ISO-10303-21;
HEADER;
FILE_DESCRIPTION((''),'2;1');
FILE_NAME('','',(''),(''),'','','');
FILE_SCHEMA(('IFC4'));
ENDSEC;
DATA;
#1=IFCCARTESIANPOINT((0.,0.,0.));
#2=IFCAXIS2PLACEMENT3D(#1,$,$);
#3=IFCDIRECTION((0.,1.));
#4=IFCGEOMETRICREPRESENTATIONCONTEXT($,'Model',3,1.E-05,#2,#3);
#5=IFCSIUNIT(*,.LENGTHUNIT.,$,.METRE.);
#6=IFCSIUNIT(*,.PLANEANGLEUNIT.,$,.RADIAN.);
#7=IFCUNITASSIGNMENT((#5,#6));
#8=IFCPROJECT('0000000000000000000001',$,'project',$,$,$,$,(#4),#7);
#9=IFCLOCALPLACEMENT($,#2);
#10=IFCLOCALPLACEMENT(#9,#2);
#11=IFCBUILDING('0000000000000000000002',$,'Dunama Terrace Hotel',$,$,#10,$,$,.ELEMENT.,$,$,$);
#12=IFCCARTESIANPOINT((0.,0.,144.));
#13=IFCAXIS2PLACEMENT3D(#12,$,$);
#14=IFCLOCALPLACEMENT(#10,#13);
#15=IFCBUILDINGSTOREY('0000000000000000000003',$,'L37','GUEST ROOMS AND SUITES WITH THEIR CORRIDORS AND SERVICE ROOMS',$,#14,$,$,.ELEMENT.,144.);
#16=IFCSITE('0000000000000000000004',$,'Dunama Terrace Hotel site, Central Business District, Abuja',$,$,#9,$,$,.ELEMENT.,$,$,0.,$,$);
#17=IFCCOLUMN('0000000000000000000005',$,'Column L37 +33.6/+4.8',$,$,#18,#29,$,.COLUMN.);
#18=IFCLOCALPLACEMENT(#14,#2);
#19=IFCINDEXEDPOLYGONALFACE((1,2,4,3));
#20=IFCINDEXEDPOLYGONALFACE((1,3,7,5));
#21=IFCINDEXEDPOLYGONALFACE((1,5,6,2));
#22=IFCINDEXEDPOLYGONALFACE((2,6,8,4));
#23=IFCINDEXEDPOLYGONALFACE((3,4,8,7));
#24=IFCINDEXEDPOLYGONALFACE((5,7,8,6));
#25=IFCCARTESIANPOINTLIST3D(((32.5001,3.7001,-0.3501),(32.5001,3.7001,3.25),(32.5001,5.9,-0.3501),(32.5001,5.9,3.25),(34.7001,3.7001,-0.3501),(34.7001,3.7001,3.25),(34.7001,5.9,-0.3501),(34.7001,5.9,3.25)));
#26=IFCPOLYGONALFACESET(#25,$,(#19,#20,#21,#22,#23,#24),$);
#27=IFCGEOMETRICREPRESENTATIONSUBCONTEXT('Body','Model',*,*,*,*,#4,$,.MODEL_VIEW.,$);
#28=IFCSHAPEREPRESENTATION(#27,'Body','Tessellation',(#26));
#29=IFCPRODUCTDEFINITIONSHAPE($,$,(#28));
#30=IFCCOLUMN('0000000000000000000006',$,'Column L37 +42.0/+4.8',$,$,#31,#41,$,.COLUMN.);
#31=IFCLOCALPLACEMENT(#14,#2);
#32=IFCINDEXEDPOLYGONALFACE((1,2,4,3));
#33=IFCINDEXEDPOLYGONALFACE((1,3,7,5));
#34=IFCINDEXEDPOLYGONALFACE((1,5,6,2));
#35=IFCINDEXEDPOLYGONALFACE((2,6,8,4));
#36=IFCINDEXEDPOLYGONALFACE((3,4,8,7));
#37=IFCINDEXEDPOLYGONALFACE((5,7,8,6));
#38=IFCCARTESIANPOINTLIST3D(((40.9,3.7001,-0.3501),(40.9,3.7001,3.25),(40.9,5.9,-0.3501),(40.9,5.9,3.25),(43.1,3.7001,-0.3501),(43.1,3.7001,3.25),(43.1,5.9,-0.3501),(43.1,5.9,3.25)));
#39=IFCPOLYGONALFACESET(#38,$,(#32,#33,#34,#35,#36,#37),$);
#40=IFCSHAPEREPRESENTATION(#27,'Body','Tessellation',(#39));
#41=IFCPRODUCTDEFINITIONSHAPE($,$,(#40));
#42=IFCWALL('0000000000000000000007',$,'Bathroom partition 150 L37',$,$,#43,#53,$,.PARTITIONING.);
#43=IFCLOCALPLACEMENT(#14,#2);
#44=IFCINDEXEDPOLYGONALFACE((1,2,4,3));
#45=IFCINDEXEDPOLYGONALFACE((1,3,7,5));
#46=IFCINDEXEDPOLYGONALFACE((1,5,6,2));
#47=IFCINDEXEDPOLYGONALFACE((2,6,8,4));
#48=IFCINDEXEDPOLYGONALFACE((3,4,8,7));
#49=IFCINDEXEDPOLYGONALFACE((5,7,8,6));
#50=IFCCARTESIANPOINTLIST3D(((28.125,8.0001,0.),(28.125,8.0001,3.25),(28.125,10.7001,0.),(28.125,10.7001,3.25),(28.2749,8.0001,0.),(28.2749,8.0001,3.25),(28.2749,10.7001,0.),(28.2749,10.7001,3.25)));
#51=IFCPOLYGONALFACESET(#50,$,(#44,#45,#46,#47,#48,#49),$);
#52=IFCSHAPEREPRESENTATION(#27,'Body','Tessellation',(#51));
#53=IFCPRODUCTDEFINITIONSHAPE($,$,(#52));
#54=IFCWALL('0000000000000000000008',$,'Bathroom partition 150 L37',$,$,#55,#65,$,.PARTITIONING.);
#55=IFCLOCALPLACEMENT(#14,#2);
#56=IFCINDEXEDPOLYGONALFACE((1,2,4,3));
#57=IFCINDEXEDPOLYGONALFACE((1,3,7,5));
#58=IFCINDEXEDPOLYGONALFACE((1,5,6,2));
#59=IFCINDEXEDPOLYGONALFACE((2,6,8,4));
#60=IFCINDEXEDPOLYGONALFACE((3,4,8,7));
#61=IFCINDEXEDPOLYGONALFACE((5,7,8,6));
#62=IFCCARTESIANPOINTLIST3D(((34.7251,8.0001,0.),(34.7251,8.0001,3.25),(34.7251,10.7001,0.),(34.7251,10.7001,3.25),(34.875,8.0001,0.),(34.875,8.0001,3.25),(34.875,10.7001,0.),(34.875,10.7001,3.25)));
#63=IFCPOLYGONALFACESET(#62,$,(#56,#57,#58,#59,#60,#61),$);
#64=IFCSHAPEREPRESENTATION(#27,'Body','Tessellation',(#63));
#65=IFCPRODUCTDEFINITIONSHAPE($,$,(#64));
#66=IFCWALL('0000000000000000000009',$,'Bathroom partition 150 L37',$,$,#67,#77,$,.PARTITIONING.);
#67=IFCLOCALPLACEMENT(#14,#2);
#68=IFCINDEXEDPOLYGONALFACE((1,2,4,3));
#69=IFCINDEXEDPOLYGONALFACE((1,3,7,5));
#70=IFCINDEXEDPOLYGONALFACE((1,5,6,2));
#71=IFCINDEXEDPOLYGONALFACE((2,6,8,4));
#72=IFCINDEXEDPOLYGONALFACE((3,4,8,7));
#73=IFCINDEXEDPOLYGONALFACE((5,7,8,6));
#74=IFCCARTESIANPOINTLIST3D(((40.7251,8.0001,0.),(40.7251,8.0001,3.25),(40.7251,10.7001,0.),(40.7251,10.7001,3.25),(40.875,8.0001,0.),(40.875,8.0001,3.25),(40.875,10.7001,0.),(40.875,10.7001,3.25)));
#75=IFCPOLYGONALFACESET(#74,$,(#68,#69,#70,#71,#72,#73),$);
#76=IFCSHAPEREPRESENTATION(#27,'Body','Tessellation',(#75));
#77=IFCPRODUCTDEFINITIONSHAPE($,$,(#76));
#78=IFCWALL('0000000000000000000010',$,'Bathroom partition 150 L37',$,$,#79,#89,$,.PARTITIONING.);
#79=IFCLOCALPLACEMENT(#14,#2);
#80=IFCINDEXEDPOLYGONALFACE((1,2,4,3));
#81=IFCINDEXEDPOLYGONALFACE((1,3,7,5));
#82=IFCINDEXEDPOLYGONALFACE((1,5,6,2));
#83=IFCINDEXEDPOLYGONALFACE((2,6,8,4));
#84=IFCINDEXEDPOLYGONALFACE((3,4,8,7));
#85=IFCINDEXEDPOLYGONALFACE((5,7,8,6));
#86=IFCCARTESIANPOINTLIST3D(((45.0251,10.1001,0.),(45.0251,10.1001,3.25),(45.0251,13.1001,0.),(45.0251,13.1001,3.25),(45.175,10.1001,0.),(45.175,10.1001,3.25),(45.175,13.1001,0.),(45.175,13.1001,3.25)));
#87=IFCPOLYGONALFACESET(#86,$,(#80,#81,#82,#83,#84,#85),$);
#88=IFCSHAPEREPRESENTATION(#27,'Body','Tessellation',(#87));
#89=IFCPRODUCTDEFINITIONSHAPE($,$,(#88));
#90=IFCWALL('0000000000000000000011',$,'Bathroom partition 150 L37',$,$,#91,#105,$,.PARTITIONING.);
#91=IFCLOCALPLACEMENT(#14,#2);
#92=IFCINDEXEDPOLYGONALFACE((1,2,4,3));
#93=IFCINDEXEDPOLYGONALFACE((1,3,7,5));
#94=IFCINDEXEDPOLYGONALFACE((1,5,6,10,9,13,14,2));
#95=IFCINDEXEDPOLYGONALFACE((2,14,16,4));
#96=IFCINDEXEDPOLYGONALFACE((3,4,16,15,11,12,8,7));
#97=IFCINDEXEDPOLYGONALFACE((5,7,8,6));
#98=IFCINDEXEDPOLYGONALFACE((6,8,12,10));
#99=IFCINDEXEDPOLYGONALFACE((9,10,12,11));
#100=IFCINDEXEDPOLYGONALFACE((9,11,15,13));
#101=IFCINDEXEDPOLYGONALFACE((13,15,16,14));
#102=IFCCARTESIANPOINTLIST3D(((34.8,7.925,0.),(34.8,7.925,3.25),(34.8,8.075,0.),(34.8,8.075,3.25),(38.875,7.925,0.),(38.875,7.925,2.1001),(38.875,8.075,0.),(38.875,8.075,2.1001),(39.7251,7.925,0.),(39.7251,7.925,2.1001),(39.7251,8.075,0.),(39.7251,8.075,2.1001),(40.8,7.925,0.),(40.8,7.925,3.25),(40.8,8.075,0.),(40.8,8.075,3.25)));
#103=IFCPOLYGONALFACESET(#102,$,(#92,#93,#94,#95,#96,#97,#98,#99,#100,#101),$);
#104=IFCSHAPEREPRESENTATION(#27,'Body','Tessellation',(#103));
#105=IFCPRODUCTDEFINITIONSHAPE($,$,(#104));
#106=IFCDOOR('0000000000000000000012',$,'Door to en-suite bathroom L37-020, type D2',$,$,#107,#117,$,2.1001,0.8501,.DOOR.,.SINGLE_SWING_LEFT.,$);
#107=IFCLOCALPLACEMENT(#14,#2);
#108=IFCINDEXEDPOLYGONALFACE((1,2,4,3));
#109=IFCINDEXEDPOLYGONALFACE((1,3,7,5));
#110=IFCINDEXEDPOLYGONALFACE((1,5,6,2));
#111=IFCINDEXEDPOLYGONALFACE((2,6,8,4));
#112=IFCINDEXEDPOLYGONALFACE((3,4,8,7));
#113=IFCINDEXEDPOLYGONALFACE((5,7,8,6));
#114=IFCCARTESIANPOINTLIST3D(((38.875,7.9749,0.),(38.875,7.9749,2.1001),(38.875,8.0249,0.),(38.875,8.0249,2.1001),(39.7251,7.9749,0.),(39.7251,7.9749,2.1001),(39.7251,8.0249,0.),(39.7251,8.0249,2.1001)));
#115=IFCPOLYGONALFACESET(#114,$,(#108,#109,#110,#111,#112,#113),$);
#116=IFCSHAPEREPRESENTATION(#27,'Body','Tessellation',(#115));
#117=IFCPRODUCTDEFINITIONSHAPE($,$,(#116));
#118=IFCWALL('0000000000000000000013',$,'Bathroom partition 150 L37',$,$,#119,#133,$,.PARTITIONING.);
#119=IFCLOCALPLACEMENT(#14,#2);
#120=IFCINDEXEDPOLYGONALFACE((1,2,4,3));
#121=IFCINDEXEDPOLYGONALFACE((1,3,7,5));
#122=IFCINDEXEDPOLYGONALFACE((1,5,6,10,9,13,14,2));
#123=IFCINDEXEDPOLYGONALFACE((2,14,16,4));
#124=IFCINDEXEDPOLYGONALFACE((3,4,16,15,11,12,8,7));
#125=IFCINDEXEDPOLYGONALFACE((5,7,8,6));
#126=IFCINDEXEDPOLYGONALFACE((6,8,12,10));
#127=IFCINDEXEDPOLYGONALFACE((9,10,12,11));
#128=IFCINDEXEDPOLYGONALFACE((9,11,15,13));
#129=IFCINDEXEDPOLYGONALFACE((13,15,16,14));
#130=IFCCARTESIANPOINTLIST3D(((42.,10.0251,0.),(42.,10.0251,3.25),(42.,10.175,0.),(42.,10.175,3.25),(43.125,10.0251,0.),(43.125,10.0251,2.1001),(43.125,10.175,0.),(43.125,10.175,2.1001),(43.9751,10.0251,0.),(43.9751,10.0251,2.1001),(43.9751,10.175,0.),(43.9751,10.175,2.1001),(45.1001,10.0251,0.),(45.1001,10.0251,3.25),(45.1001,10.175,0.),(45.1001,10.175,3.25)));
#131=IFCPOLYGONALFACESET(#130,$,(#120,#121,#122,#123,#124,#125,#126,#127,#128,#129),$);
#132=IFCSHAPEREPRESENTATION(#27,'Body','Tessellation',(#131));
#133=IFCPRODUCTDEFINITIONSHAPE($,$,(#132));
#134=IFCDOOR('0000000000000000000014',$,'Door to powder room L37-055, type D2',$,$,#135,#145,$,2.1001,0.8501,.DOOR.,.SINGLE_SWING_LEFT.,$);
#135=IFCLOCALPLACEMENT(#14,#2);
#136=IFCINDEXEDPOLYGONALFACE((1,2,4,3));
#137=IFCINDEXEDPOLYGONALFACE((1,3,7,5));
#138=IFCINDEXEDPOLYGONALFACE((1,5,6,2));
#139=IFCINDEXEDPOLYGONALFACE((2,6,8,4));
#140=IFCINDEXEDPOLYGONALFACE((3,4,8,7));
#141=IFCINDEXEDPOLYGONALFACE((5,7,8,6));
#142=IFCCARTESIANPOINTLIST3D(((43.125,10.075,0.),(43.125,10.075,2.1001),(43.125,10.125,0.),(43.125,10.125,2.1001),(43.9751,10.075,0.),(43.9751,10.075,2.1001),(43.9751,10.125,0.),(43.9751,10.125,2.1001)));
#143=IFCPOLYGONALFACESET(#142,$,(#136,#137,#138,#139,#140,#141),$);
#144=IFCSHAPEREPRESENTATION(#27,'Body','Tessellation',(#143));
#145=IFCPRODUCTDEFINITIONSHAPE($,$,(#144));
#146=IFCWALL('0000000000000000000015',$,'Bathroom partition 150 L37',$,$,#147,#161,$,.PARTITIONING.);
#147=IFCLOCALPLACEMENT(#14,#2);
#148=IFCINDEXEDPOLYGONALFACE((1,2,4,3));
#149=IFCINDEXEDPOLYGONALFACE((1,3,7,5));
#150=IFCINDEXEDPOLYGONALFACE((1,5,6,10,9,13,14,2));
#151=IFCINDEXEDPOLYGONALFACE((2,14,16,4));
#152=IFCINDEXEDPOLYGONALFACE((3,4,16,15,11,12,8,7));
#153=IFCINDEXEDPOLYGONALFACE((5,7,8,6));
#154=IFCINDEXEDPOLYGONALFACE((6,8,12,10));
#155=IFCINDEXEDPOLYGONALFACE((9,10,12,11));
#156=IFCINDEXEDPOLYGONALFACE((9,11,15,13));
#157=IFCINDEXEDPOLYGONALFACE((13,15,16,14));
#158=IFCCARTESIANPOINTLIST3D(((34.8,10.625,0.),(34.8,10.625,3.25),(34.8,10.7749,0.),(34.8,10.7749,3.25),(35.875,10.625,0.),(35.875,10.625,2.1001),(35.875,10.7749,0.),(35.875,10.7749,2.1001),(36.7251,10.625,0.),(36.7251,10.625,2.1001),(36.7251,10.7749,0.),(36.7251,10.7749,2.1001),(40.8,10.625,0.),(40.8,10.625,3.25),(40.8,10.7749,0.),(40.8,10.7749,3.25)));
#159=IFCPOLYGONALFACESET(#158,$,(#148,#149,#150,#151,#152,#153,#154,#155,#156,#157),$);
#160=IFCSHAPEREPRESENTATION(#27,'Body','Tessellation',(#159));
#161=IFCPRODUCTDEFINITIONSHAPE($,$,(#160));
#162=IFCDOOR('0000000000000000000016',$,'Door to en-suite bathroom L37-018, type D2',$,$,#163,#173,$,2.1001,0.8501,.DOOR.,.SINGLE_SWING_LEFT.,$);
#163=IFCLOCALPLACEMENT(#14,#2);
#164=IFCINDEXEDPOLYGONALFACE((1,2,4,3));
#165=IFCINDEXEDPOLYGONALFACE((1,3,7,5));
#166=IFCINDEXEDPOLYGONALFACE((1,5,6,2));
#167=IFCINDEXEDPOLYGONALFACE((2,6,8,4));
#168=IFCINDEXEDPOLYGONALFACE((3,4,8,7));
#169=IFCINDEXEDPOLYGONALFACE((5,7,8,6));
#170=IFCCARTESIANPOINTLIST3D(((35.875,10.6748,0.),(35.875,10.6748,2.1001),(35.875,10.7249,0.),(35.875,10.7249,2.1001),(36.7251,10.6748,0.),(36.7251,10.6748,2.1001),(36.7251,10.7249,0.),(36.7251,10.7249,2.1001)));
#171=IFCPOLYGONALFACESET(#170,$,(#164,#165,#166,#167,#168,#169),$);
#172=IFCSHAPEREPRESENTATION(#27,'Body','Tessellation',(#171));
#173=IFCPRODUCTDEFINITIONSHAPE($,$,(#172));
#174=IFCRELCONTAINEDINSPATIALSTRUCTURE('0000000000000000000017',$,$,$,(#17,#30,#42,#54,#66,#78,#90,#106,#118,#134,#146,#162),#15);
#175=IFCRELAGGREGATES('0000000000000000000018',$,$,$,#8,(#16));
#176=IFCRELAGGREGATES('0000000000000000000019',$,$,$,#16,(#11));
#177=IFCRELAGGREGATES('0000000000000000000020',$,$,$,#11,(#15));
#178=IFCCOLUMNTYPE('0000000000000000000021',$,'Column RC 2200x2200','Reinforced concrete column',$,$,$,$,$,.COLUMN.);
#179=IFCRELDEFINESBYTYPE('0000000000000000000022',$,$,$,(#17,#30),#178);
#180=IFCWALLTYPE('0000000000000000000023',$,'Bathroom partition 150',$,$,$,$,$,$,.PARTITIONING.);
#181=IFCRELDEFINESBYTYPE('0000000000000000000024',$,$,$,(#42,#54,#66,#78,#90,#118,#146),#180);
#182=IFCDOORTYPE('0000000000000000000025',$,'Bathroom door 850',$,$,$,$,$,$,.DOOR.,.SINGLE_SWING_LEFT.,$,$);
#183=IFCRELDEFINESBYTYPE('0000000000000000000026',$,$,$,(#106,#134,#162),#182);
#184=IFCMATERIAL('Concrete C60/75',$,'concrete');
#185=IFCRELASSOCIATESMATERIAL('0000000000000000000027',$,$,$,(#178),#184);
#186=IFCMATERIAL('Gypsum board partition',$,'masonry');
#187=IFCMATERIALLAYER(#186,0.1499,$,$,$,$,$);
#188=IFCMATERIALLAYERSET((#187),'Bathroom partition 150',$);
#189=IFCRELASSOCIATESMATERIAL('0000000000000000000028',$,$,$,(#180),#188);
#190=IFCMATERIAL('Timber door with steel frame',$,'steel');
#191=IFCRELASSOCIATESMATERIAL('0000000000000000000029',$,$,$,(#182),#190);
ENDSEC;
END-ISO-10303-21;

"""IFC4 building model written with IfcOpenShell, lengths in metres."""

from ifc_helpers import new_model, si_unit, direction, frame, frame_2d, origin, origin_2d, place, context, subcontext, project, spatial, rectangle, extrude, material, layer, layer_set, material_profile, profile_set, type_object, element, fill, save


model = new_model("IFC4")

# Units and contexts
model_context = context("Model", 3, precision=1e-05, world=origin(), true_north=direction((0.0, 1.0)))
body_context = subcontext(model_context, "Body", "Model", "MODEL_VIEW")
ifc_project = project(units=[si_unit("LENGTHUNIT", "METRE"), si_unit("PLANEANGLEUNIT", "RADIAN")], contexts=[model_context])

# Site, building, storey
site_placement = place(None, origin())
site = spatial("IfcSite", under=ifc_project, at=site_placement, Name="Dunama Terrace Hotel site, Central Business District, Abuja", CompositionType="ELEMENT", RefElevation=0.0)
building_placement = place(site_placement, origin())
building = spatial("IfcBuilding", under=site, at=building_placement, Name="Dunama Terrace Hotel", CompositionType="ELEMENT")
storey_placement = place(building_placement, frame((0.0, 0.0, 144.0)))
storey = spatial("IfcBuildingStorey", under=building, at=storey_placement, Name="L37", Description="GUEST ROOMS AND SUITES WITH THEIR CORRIDORS AND SERVICE ROOMS", CompositionType="ELEMENT", Elevation=144.0)

# Columns
ifc_material_1 = material(Name="Concrete C60/75", Category="concrete")
ifc_material_profile = material_profile(ifc_material_1, rectangle(XDim=2.2, YDim=2.2, at=origin_2d()), Name="RC 2200x2200")
ifc_profile_set = profile_set([ifc_material_profile], Name="Concrete C60/75")
column_type = type_object("IfcColumnType", Name="Column RC 2200x2200", Description="Reinforced concrete column", PredefinedType="COLUMN", material=ifc_profile_set)
for number, where, z_axis, x_axis, name in (
    (1, (33.6001, 4.8, -0.3501), (0.0, 0.0, 1.0), (1.0, 0.0, 0.0), "Column L37 +33.6/+4.8"),
    (2, (42.0, 4.8, -0.3501), (0.0, 0.0, 1.0), (1.0, 0.0, 0.0), "Column L37 +42.0/+4.8"),
):
    element("IfcColumn", number, at=place(storey_placement, frame(where, z_axis=z_axis, x_axis=x_axis)), inside=storey, type_object=column_type, Name=name, PredefinedType="COLUMN", context=body_context, shape_type="SweptSolid", body=[
        extrude(rectangle(XDim=2.2, YDim=2.2, at=origin_2d()), origin(), (0.0, 0.0, 1.0), 3.6001),
    ])

# Walls
ifc_material_2 = material(Name="Gypsum board partition", Category="masonry")
ifc_layer_1 = layer(ifc_material_2, 0.1499)
ifc_layer_set_1 = layer_set([ifc_layer_1], Name="Bathroom partition 150")
wall_type_1 = type_object("IfcWallType", Name="Bathroom partition 150", PredefinedType="PARTITIONING", material=ifc_layer_set_1)
for number, where, z_axis, x_axis, name in (
    (3, (28.2, 8.0, 0.0), (0.0, 0.0, 1.0), (0.0, 1.0, 0.0), "Bathroom partition 150 L37"),
    (4, (34.8, 8.0, 0.0), (0.0, 0.0, 1.0), (0.0, 1.0, 0.0), "Bathroom partition 150 L37"),
    (5, (40.8, 8.0, 0.0), (0.0, 0.0, 1.0), (0.0, 1.0, 0.0), "Bathroom partition 150 L37"),
):
    element("IfcWall", number, at=place(storey_placement, frame(where, z_axis=z_axis, x_axis=x_axis)), inside=storey, type_object=wall_type_1, Name=name, PredefinedType="PARTITIONING", context=body_context, shape_type="SweptSolid", body=[
        extrude(rectangle(XDim=2.7, YDim=0.1499, at=frame_2d((1.3501, 0.0))), origin(), (0.0, 0.0, 1.0), 3.25),
    ])
wall_1_placement = place(storey_placement, frame((45.1001, 10.1001, 0.0), z_axis=(0.0, 0.0, 1.0), x_axis=(0.0, 1.0, 0.0)))
element("IfcWall", 6, at=wall_1_placement, inside=storey, type_object=wall_type_1, Name="Bathroom partition 150 L37", PredefinedType="PARTITIONING", context=body_context, shape_type="SweptSolid", body=[
    extrude(rectangle(XDim=3.0, YDim=0.1499, at=frame_2d((1.5, 0.0))), origin(), (0.0, 0.0, 1.0), 3.25),
])

# Walls, openings, doors
wall_2_placement = place(storey_placement, frame((34.8, 8.0, 0.0), z_axis=(0.0, 0.0, 1.0), x_axis=(1.0, 0.0, 0.0)))
wall_2 = element("IfcWall", 7, at=wall_2_placement, inside=storey, type_object=wall_type_1, Name="Bathroom partition 150 L37", PredefinedType="PARTITIONING", context=body_context, shape_type="SweptSolid", body=[
    extrude(rectangle(XDim=6.0, YDim=0.1499, at=frame_2d((3.0, 0.0))), origin(), (0.0, 0.0, 1.0), 3.25),
])
opening_1_placement = place(wall_2_placement, frame((4.075, 0.0, 0.0)))
opening_1 = element("IfcOpeningElement", 8, at=opening_1_placement, cuts=wall_2, PredefinedType="OPENING", context=body_context, shape_type="SweptSolid", body=[
    extrude(rectangle(XDim=0.8501, YDim=2.1001, at=frame_2d((0.425, 1.05))), frame((0.0, 0.085, 0.0), z_axis=(0.0, -1.0, 0.0), x_axis=(1.0, 0.0, 0.0)), (0.0, 0.0, 1.0), 0.1699),
])
ifc_material_3 = material(Name="Timber door with steel frame", Category="steel")
door_type_1 = type_object("IfcDoorType", Name="Bathroom door 850", OperationType="SINGLE_SWING_LEFT", PredefinedType="DOOR", material=ifc_material_3)
door_1_placement = place(opening_1_placement, origin())
door_1 = element("IfcDoor", 9, at=door_1_placement, inside=storey, type_object=door_type_1, Name="Door to en-suite bathroom L37-020, type D2", OperationType="SINGLE_SWING_LEFT", OverallHeight=2.1001, OverallWidth=0.8501, PredefinedType="DOOR", context=body_context, shape_type="SweptSolid", body=[
    extrude(rectangle(XDim=0.8501, YDim=2.1001, at=frame_2d((0.425, 1.05))), frame((0.0, 0.0249, 0.0), z_axis=(0.0, -1.0, 0.0), x_axis=(1.0, 0.0, 0.0)), (0.0, 0.0, 1.0), 0.05),
])
fill(opening_1, door_1)
wall_3_placement = place(storey_placement, frame((42.0, 10.1001, 0.0), z_axis=(0.0, 0.0, 1.0), x_axis=(1.0, 0.0, 0.0)))
wall_3 = element("IfcWall", 10, at=wall_3_placement, inside=storey, type_object=wall_type_1, Name="Bathroom partition 150 L37", PredefinedType="PARTITIONING", context=body_context, shape_type="SweptSolid", body=[
    extrude(rectangle(XDim=3.1001, YDim=0.1499, at=frame_2d((1.55, 0.0))), origin(), (0.0, 0.0, 1.0), 3.25),
])
opening_2_placement = place(wall_3_placement, frame((1.125, 0.0, 0.0)))
opening_2 = element("IfcOpeningElement", 11, at=opening_2_placement, cuts=wall_3, PredefinedType="OPENING", context=body_context, shape_type="SweptSolid", body=[
    extrude(rectangle(XDim=0.8501, YDim=2.1001, at=frame_2d((0.425, 1.05))), frame((0.0, 0.085, 0.0), z_axis=(0.0, -1.0, 0.0), x_axis=(1.0, 0.0, 0.0)), (0.0, 0.0, 1.0), 0.1699),
])
door_2_placement = place(opening_2_placement, origin())
door_2 = element("IfcDoor", 12, at=door_2_placement, inside=storey, type_object=door_type_1, Name="Door to powder room L37-055, type D2", OperationType="SINGLE_SWING_LEFT", OverallHeight=2.1001, OverallWidth=0.8501, PredefinedType="DOOR", context=body_context, shape_type="SweptSolid", body=[
    extrude(rectangle(XDim=0.8501, YDim=2.1001, at=frame_2d((0.425, 1.05))), frame((0.0, 0.0249, 0.0), z_axis=(0.0, -1.0, 0.0), x_axis=(1.0, 0.0, 0.0)), (0.0, 0.0, 1.0), 0.05),
])
fill(opening_2, door_2)
wall_4_placement = place(storey_placement, frame((34.8, 10.7, 0.0), z_axis=(0.0, 0.0, 1.0), x_axis=(1.0, 0.0, 0.0)))
wall_4 = element("IfcWall", 13, at=wall_4_placement, inside=storey, type_object=wall_type_1, Name="Bathroom partition 150 L37", PredefinedType="PARTITIONING", context=body_context, shape_type="SweptSolid", body=[
    extrude(rectangle(XDim=6.0, YDim=0.1499, at=frame_2d((3.0, 0.0))), origin(), (0.0, 0.0, 1.0), 3.25),
])
opening_3_placement = place(wall_4_placement, frame((1.075, 0.0, 0.0)))
opening_3 = element("IfcOpeningElement", 14, at=opening_3_placement, cuts=wall_4, PredefinedType="OPENING", context=body_context, shape_type="SweptSolid", body=[
    extrude(rectangle(XDim=0.8501, YDim=2.1001, at=frame_2d((0.425, 1.05))), frame((0.0, 0.085, 0.0), z_axis=(0.0, -1.0, 0.0), x_axis=(1.0, 0.0, 0.0)), (0.0, 0.0, 1.0), 0.1699),
])
door_3_placement = place(opening_3_placement, frame((0.8501, 0.0, 0.0), z_axis=(0.0, 0.0, 1.0), x_axis=(-1.0, 0.0, 0.0)))
door_3 = element("IfcDoor", 15, at=door_3_placement, inside=storey, type_object=door_type_1, Name="Door to en-suite bathroom L37-018, type D2", OperationType="SINGLE_SWING_LEFT", OverallHeight=2.1001, OverallWidth=0.8501, PredefinedType="DOOR", context=body_context, shape_type="SweptSolid", body=[
    extrude(rectangle(XDim=0.8501, YDim=2.1001, at=frame_2d((0.425, 1.05))), frame((0.0, 0.0251, 0.0), z_axis=(0.0, -1.0, 0.0), x_axis=(1.0, 0.0, 0.0)), (0.0, 0.0, 1.0), 0.05),
])
fill(opening_3, door_3)

save(model, "model.ifc")
